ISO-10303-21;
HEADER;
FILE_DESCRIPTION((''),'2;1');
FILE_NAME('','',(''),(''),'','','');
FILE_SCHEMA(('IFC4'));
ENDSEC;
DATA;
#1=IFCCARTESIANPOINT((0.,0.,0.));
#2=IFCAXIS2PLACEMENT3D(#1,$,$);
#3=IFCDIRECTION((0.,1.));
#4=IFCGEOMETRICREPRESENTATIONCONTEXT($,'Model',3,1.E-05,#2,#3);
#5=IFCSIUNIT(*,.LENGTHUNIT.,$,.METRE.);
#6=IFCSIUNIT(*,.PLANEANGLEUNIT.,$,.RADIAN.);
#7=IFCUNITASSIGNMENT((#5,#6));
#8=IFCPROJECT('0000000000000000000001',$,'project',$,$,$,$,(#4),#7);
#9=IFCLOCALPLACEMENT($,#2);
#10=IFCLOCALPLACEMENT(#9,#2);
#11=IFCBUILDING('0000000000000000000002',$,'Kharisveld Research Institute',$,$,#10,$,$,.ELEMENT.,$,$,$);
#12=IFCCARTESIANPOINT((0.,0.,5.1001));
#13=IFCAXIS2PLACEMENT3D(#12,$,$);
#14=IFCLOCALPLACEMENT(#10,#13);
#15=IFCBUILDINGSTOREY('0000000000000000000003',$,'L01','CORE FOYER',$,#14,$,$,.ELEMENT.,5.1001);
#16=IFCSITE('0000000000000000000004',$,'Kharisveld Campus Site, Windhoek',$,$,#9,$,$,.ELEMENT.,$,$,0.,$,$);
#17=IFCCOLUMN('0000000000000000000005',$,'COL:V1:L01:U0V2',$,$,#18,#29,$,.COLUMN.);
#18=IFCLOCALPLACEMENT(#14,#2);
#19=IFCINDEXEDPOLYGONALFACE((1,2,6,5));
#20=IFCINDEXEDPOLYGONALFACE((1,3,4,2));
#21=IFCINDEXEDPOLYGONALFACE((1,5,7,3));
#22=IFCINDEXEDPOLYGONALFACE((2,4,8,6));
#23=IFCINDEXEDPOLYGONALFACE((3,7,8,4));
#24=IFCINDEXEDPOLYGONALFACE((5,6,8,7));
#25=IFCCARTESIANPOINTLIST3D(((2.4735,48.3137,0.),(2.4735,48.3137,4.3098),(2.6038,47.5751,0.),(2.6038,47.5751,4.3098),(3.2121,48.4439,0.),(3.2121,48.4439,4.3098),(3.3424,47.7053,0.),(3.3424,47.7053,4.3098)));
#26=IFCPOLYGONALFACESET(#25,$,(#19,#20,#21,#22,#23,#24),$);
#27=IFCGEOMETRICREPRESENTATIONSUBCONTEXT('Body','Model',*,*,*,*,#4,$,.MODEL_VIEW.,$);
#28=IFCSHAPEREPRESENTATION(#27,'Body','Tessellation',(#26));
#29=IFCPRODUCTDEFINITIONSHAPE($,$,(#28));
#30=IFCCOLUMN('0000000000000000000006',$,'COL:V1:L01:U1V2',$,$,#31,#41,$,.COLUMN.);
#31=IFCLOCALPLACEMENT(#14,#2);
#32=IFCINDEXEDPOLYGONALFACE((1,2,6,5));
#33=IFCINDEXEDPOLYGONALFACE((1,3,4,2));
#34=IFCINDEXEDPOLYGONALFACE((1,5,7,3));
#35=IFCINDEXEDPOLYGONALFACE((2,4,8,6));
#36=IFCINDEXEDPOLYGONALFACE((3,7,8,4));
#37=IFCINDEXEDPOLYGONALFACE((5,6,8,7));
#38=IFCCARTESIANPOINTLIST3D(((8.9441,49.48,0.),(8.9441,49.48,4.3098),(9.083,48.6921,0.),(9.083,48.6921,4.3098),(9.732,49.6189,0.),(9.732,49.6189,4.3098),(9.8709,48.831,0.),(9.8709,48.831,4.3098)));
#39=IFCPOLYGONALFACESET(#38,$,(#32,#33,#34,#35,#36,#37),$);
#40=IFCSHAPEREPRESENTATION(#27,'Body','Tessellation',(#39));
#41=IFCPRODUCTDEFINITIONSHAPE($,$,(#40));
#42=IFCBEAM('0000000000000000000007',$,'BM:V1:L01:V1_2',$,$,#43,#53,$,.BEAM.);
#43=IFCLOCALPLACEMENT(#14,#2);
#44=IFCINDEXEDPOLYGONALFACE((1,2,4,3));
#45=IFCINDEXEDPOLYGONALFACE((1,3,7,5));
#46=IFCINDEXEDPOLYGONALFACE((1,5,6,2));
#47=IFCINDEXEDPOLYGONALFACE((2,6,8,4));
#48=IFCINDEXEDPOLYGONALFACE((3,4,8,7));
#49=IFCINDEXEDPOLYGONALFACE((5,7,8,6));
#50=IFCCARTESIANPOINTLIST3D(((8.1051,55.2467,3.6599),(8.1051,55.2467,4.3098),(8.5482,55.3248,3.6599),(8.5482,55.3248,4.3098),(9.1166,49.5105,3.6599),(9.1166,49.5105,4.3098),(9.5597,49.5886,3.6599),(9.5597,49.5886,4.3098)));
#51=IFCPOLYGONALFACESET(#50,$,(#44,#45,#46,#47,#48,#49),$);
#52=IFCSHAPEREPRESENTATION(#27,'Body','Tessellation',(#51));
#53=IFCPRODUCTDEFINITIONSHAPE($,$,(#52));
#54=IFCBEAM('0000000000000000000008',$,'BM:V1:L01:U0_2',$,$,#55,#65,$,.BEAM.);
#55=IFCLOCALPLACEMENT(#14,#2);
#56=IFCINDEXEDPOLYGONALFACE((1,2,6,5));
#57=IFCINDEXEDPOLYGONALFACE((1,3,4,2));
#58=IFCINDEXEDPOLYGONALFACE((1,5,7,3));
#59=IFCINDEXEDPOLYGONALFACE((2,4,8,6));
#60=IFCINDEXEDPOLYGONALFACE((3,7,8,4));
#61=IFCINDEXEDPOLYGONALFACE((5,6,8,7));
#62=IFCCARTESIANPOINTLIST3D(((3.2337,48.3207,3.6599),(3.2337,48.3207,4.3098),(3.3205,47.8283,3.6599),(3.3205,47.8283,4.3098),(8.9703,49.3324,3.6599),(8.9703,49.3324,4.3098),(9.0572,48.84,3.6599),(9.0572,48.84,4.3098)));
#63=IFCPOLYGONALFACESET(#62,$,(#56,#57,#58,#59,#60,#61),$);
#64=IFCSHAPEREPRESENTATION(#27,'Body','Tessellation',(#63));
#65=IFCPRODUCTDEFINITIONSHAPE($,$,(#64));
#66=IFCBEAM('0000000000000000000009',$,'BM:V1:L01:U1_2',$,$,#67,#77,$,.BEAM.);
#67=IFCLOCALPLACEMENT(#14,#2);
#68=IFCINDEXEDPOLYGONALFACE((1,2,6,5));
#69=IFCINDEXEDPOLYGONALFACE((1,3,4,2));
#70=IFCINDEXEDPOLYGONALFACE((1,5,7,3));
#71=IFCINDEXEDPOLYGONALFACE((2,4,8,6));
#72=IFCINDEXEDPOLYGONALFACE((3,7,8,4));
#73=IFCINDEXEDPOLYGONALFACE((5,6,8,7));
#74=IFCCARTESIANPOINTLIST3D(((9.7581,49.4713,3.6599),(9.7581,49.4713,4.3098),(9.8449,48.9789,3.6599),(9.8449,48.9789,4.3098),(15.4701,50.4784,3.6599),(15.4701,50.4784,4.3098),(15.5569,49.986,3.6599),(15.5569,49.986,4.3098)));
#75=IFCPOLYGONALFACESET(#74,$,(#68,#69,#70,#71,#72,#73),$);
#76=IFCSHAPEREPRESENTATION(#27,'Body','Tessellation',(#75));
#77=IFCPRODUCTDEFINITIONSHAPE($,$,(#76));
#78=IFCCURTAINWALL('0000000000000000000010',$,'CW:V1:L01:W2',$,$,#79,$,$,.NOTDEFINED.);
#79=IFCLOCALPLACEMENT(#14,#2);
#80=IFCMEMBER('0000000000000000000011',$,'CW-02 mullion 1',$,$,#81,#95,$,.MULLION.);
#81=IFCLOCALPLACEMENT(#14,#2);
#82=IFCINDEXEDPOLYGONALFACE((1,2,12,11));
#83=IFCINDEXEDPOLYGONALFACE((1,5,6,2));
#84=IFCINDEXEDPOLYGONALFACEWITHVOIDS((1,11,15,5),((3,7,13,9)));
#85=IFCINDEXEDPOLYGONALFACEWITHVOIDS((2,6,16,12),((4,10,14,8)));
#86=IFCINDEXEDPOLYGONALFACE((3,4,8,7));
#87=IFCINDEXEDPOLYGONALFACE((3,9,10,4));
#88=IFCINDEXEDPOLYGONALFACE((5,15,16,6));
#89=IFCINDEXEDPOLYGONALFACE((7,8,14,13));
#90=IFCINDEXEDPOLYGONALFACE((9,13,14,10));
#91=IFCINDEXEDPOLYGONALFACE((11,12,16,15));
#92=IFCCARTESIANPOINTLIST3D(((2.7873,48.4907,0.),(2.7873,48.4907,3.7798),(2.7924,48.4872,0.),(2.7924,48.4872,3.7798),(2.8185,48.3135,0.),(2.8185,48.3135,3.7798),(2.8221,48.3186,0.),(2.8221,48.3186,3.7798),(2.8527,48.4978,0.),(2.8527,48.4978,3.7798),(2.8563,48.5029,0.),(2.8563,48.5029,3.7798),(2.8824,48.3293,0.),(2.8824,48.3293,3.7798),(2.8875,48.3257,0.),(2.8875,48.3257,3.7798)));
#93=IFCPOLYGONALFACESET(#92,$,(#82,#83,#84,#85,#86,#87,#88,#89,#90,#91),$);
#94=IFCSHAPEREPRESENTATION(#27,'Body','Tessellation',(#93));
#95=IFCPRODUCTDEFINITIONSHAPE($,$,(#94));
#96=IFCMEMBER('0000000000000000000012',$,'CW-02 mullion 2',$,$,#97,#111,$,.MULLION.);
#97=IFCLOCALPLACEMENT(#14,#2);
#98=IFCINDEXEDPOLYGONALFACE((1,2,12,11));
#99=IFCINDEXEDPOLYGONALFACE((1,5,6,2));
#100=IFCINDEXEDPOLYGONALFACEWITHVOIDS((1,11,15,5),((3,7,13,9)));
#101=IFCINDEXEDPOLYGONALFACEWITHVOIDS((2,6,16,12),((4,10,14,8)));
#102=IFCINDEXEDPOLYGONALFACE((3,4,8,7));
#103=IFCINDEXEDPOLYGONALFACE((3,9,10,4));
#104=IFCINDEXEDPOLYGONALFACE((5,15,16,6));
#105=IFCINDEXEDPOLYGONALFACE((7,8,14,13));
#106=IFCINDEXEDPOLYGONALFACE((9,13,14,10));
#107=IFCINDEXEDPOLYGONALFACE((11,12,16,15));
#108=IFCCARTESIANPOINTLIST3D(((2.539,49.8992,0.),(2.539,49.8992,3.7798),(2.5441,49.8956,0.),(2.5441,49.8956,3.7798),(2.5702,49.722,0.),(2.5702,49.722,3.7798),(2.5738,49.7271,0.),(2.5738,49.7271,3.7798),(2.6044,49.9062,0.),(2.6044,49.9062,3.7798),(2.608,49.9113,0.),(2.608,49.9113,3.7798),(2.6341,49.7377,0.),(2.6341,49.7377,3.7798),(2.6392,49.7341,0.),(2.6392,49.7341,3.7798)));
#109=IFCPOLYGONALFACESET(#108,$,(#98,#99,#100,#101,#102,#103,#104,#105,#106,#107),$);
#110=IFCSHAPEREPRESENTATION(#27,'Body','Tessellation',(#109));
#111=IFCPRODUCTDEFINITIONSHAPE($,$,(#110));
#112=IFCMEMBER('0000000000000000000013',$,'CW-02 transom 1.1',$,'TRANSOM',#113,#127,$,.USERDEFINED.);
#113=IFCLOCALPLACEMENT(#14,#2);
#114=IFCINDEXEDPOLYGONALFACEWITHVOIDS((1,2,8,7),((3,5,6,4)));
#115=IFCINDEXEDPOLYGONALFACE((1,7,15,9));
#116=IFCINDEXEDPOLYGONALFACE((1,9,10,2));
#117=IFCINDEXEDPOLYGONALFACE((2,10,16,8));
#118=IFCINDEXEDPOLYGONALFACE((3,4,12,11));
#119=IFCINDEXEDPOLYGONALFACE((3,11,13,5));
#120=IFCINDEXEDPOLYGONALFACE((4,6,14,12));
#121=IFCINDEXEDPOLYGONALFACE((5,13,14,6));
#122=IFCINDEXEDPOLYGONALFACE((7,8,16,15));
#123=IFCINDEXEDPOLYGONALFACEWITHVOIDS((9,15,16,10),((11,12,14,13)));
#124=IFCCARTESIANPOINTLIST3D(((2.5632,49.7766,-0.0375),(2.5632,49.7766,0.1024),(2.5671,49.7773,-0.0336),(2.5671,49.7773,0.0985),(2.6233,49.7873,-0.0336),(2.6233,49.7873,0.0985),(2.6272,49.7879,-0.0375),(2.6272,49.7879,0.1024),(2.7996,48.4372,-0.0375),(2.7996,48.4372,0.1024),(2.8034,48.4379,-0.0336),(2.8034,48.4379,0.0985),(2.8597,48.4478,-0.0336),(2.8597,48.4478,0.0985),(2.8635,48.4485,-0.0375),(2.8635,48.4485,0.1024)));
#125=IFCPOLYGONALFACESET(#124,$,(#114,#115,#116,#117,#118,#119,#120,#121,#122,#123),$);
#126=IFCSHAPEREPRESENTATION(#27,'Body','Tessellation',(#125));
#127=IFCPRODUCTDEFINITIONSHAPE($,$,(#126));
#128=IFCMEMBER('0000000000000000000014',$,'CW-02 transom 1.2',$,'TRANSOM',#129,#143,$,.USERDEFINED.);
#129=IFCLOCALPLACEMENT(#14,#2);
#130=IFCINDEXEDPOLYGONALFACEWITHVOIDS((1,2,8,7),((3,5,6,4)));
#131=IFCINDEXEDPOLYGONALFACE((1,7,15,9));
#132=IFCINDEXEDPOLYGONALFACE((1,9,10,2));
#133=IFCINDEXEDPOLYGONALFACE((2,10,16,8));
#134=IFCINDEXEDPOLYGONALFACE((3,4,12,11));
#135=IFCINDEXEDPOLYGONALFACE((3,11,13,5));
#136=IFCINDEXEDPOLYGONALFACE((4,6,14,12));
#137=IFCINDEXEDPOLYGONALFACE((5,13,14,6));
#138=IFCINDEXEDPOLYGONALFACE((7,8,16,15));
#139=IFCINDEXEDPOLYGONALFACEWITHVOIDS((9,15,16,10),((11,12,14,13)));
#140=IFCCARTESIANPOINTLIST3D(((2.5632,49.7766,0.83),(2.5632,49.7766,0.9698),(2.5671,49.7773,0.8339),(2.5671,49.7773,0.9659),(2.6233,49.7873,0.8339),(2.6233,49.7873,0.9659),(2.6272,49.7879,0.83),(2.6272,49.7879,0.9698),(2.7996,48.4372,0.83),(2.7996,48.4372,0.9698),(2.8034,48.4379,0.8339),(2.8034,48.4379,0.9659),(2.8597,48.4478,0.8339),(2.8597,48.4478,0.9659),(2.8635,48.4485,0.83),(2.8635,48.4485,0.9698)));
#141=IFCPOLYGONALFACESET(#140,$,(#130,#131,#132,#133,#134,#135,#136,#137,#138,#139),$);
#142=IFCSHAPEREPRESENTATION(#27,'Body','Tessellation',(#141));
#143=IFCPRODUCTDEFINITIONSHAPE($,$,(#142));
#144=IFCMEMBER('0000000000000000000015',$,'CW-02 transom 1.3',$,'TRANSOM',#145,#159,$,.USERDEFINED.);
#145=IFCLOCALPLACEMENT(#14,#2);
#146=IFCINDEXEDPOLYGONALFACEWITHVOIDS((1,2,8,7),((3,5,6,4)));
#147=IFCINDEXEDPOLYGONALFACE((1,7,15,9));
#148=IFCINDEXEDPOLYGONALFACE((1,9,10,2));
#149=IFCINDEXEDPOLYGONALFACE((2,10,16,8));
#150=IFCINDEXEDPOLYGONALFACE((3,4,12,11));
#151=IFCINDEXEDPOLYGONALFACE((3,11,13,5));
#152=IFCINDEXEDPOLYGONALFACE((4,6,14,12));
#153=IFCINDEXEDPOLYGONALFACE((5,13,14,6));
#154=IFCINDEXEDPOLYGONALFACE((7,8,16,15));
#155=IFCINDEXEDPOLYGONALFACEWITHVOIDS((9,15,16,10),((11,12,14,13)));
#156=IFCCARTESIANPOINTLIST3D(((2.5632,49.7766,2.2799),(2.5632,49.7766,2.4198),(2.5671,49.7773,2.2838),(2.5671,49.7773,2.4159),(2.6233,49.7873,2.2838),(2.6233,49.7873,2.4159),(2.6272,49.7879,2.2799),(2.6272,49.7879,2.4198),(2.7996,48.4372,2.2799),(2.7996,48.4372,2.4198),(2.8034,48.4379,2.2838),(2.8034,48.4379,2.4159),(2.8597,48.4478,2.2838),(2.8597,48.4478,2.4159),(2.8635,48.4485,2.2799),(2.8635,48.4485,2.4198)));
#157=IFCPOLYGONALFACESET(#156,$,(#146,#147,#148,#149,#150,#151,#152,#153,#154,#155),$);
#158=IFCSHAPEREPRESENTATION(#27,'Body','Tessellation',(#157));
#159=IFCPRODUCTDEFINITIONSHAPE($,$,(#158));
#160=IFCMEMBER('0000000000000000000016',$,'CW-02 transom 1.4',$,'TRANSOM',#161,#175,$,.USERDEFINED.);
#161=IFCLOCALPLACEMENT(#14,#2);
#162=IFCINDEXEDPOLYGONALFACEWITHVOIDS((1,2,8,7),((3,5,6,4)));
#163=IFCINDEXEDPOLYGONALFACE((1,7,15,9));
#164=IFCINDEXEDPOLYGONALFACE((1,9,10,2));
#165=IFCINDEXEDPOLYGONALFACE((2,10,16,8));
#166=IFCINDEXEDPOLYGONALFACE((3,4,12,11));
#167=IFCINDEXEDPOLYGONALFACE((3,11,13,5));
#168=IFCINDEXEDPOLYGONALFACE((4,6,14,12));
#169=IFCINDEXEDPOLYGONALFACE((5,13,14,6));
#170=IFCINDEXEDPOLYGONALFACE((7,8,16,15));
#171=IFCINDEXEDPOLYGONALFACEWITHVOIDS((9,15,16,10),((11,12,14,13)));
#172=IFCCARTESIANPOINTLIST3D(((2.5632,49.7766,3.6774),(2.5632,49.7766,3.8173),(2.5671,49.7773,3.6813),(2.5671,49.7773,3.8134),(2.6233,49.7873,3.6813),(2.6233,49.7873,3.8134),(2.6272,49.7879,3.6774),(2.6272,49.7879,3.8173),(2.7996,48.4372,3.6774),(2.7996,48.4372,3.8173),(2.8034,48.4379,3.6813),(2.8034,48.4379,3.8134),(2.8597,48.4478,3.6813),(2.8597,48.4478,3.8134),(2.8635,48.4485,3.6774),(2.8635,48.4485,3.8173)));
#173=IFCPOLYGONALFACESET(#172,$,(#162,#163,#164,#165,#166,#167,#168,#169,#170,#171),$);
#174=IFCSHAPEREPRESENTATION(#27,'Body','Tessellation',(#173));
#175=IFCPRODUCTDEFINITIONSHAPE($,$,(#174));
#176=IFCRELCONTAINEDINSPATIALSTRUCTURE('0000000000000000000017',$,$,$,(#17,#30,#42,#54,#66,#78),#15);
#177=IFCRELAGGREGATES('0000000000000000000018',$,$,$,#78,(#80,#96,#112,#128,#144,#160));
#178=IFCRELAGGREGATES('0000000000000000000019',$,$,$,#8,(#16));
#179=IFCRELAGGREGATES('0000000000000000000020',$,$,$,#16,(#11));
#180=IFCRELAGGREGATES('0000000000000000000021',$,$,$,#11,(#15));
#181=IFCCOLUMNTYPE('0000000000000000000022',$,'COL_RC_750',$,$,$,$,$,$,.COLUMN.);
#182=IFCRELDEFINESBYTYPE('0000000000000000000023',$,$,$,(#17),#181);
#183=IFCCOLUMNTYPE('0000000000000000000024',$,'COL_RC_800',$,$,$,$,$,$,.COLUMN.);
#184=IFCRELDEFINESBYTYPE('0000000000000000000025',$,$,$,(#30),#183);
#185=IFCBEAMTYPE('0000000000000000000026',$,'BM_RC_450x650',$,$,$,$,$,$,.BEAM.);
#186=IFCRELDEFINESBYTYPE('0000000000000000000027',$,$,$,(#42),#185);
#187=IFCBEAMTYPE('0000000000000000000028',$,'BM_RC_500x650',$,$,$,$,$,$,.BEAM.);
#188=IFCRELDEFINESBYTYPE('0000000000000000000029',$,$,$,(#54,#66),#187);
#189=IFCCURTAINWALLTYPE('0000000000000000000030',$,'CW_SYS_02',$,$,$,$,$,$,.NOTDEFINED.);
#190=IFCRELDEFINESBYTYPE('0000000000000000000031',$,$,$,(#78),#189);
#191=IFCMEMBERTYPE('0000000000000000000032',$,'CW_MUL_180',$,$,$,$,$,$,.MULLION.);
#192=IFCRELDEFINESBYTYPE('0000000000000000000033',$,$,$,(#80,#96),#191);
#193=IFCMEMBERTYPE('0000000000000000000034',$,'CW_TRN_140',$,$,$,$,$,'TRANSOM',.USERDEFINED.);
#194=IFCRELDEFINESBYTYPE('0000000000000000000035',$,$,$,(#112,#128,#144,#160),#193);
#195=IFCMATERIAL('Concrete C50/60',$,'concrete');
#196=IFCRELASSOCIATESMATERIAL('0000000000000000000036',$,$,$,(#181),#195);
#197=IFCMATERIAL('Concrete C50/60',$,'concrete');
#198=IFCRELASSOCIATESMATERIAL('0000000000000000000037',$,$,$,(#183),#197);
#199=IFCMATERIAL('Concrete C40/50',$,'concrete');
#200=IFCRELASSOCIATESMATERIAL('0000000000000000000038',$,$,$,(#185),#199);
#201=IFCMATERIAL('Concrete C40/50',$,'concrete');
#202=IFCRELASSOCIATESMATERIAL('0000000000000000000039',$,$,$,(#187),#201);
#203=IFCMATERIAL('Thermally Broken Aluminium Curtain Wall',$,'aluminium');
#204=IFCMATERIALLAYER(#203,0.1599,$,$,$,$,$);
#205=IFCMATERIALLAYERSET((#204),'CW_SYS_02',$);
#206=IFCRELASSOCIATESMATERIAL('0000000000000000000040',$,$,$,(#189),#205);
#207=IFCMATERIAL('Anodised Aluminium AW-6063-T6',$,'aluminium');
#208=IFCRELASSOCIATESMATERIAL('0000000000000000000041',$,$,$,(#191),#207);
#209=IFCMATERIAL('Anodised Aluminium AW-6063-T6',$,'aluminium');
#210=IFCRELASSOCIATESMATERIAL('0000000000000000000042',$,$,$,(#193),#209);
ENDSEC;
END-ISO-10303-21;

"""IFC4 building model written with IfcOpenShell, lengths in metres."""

from ifc_helpers import new_model, si_unit, direction, frame, origin, origin_2d, place, context, subcontext, project, spatial, rectangle, hollow_rectangle, extrude, material, layer, layer_set, material_profile, profile_set, type_object, element, aggregate, save


model = new_model("IFC4")

# Units and contexts
model_context = context("Model", 3, precision=1e-05, world=origin(), true_north=direction((0.0, 1.0)))
body_context = subcontext(model_context, "Body", "Model", "MODEL_VIEW")
ifc_project = project(units=[si_unit("LENGTHUNIT", "METRE"), si_unit("PLANEANGLEUNIT", "RADIAN")], contexts=[model_context])

# Site, building, storey
site_placement = place(None, origin())
site = spatial("IfcSite", under=ifc_project, at=site_placement, Name="Kharisveld Campus Site, Windhoek", CompositionType="ELEMENT", RefElevation=0.0)
building_placement = place(site_placement, origin())
building = spatial("IfcBuilding", under=site, at=building_placement, Name="Kharisveld Research Institute", CompositionType="ELEMENT")
storey_placement = place(building_placement, frame((0.0, 0.0, 5.1001)))
storey = spatial("IfcBuildingStorey", under=building, at=storey_placement, Name="L01", Description="CORE FOYER", CompositionType="ELEMENT", Elevation=5.1001)

# Columns
ifc_material_1 = material(Name="Concrete C50/60", Category="concrete")
ifc_material_profile_1 = material_profile(ifc_material_1, rectangle(XDim=0.75, YDim=0.75, at=origin_2d()))
ifc_profile_set_1 = profile_set([ifc_material_profile_1], Name="Concrete C50/60")
column_type_1 = type_object("IfcColumnType", Name="COL_RC_750", PredefinedType="COLUMN", material=ifc_profile_set_1)
column_1_placement = place(storey_placement, frame((2.908, 48.0095, 0.0), z_axis=(0.0, 0.0, 1.0), x_axis=(0.984808, 0.173648, 0.0)))
element("IfcColumn", 1, at=column_1_placement, inside=storey, type_object=column_type_1, Name="COL:V1:L01:U0V2", PredefinedType="COLUMN", context=body_context, shape_type="SweptSolid", body=[
    extrude(rectangle(XDim=0.75, YDim=0.75, at=origin_2d()), origin(), (0.0, 0.0, 1.0), 4.3098),
])
ifc_material_2 = material(Name="Concrete C50/60", Category="concrete")
ifc_material_profile_2 = material_profile(ifc_material_2, rectangle(XDim=0.8, YDim=0.8, at=origin_2d()))
ifc_profile_set_2 = profile_set([ifc_material_profile_2], Name="Concrete C50/60")
column_type_2 = type_object("IfcColumnType", Name="COL_RC_800", PredefinedType="COLUMN", material=ifc_profile_set_2)
column_2_placement = place(storey_placement, frame((9.4075, 49.1555, 0.0), z_axis=(0.0, 0.0, 1.0), x_axis=(0.984808, 0.173648, 0.0)))
element("IfcColumn", 2, at=column_2_placement, inside=storey, type_object=column_type_2, Name="COL:V1:L01:U1V2", PredefinedType="COLUMN", context=body_context, shape_type="SweptSolid", body=[
    extrude(rectangle(XDim=0.8, YDim=0.8, at=origin_2d()), origin(), (0.0, 0.0, 1.0), 4.3098),
])

# Beams
ifc_material_3 = material(Name="Concrete C40/50", Category="concrete")
ifc_material_profile_3 = material_profile(ifc_material_3, rectangle(XDim=0.45, YDim=0.6499, at=origin_2d()))
ifc_profile_set_3 = profile_set([ifc_material_profile_3], Name="Concrete C40/50")
beam_type_1 = type_object("IfcBeamType", Name="BM_RC_450x650", PredefinedType="BEAM", material=ifc_profile_set_3)
beam_1_placement = place(storey_placement, frame((9.3381, 49.5496, 3.9849), z_axis=(-0.173649, 0.984808, 0.0), x_axis=(-0.984808, -0.173649, 0.0)))
element("IfcBeam", 3, at=beam_1_placement, inside=storey, type_object=beam_type_1, Name="BM:V1:L01:V1_2", PredefinedType="BEAM", context=body_context, shape_type="SweptSolid", body=[
    extrude(rectangle(XDim=0.45, YDim=0.6499, at=origin_2d()), origin(), (0.0, 0.0, 1.0), 5.8247),
])
ifc_material_4 = material(Name="Concrete C40/50", Category="concrete")
ifc_material_profile_4 = material_profile(ifc_material_4, rectangle(XDim=0.5, YDim=0.6499, at=origin_2d()))
ifc_profile_set_4 = profile_set([ifc_material_profile_4], Name="Concrete C40/50")
beam_type_2 = type_object("IfcBeamType", Name="BM_RC_500x650", PredefinedType="BEAM", material=ifc_profile_set_4)
beam_2_placement = place(storey_placement, frame((3.2771, 48.0745, 3.9849), z_axis=(0.984802, 0.173683, 0.0), x_axis=(-0.173683, 0.984802, 0.0)))
element("IfcBeam", 4, at=beam_2_placement, inside=storey, type_object=beam_type_2, Name="BM:V1:L01:U0_2", PredefinedType="BEAM", context=body_context, shape_type="SweptSolid", body=[
    extrude(rectangle(XDim=0.5, YDim=0.6499, at=origin_2d()), origin(), (0.0, 0.0, 1.0), 5.8252),
])
beam_3_placement = place(storey_placement, frame((9.8015, 49.2251, 3.9849), z_axis=(0.98481, 0.173634, 0.0), x_axis=(-0.173634, 0.98481, 0.0)))
element("IfcBeam", 5, at=beam_3_placement, inside=storey, type_object=beam_type_2, Name="BM:V1:L01:U1_2", PredefinedType="BEAM", context=body_context, shape_type="SweptSolid", body=[
    extrude(rectangle(XDim=0.5, YDim=0.6499, at=origin_2d()), origin(), (0.0, 0.0, 1.0), 5.8),
])

# Curtain wall, members
ifc_material_5 = material(Name="Thermally Broken Aluminium Curtain Wall", Category="aluminium")
ifc_layer_1 = layer(ifc_material_5, 0.1599)
ifc_layer_set_1 = layer_set([ifc_layer_1], Name="CW_SYS_02")
curtain_wall_type = type_object("IfcCurtainWallType", Name="CW_SYS_02", PredefinedType="NOTDEFINED", material=ifc_layer_set_1)
curtain_wall_placement = place(storey_placement, origin())
curtain_wall = element("IfcCurtainWall", 6, at=curtain_wall_placement, inside=storey, type_object=curtain_wall_type, Name="CW:V1:L01:W2", PredefinedType="NOTDEFINED")
ifc_material_6 = material(Name="Anodised Aluminium AW-6063-T6", Category="aluminium")
ifc_material_profile_5 = material_profile(ifc_material_6, hollow_rectangle(XDim=0.0701, YDim=0.1799, WallThickness=0.0044, at=origin_2d()))
ifc_profile_set_5 = profile_set([ifc_material_profile_5], Name="Anodised Aluminium AW-6063-T6")
member_type_1 = type_object("IfcMemberType", Name="CW_MUL_180", PredefinedType="MULLION", material=ifc_profile_set_5)
member_1_placement = place(storey_placement, frame((2.8374, 48.4082, 0.0), z_axis=(0.0, 0.0, 1.0), x_axis=(-0.984808, -0.173648, 0.0)))
member_1 = element("IfcMember", 7, at=member_1_placement, type_object=member_type_1, Name="CW-02 mullion 1", PredefinedType="MULLION", context=body_context, shape_type="SweptSolid", body=[
    extrude(hollow_rectangle(XDim=0.0701, YDim=0.1799, WallThickness=0.0044, at=origin_2d()), origin(), (0.0, 0.0, 1.0), 3.7798),
])
member_2_placement = place(storey_placement, frame((2.5891, 49.8167, 0.0), z_axis=(0.0, 0.0, 1.0), x_axis=(-0.984808, -0.173648, 0.0)))
member_2 = element("IfcMember", 8, at=member_2_placement, type_object=member_type_1, Name="CW-02 mullion 2", PredefinedType="MULLION", context=body_context, shape_type="SweptSolid", body=[
    extrude(hollow_rectangle(XDim=0.0701, YDim=0.1799, WallThickness=0.0044, at=origin_2d()), origin(), (0.0, 0.0, 1.0), 3.7798),
])
ifc_material_7 = material(Name="Anodised Aluminium AW-6063-T6", Category="aluminium")
ifc_material_profile_6 = material_profile(ifc_material_7, hollow_rectangle(XDim=0.0649, YDim=0.1399, WallThickness=0.0039, at=origin_2d()))
ifc_profile_set_6 = profile_set([ifc_material_profile_6], Name="Anodised Aluminium AW-6063-T6")
member_type_2 = type_object("IfcMemberType", Name="CW_TRN_140", ElementType="TRANSOM", PredefinedType="USERDEFINED", material=ifc_profile_set_6)
member_3_placement = place(storey_placement, frame((2.8315, 48.4429, 0.0325), z_axis=(-0.173765, 0.984787, 0.0), x_axis=(-0.984787, -0.173765, 0.0)))
member_3 = element("IfcMember", 9, at=member_3_placement, type_object=member_type_2, Name="CW-02 transom 1.1", ObjectType="TRANSOM", PredefinedType="USERDEFINED", context=body_context, shape_type="SweptSolid", body=[
    extrude(hollow_rectangle(XDim=0.0649, YDim=0.1399, WallThickness=0.0039, at=origin_2d()), origin(), (0.0, 0.0, 1.0), 1.3601),
])
member_4_placement = place(storey_placement, frame((2.8315, 48.4429, 0.8999), z_axis=(-0.173765, 0.984787, 0.0), x_axis=(-0.984787, -0.173765, 0.0)))
member_4 = element("IfcMember", 10, at=member_4_placement, type_object=member_type_2, Name="CW-02 transom 1.2", ObjectType="TRANSOM", PredefinedType="USERDEFINED", context=body_context, shape_type="SweptSolid", body=[
    extrude(hollow_rectangle(XDim=0.0649, YDim=0.1399, WallThickness=0.0039, at=origin_2d()), origin(), (0.0, 0.0, 1.0), 1.3601),
])
member_5_placement = place(storey_placement, frame((2.8315, 48.4429, 2.3499), z_axis=(-0.173765, 0.984787, 0.0), x_axis=(-0.984787, -0.173765, 0.0)))
member_5 = element("IfcMember", 11, at=member_5_placement, type_object=member_type_2, Name="CW-02 transom 1.3", ObjectType="TRANSOM", PredefinedType="USERDEFINED", context=body_context, shape_type="SweptSolid", body=[
    extrude(hollow_rectangle(XDim=0.0649, YDim=0.1399, WallThickness=0.0039, at=origin_2d()), origin(), (0.0, 0.0, 1.0), 1.3601),
])
member_6_placement = place(storey_placement, frame((2.8315, 48.4429, 3.7473), z_axis=(-0.173765, 0.984787, 0.0), x_axis=(-0.984787, -0.173765, 0.0)))
member_6 = element("IfcMember", 12, at=member_6_placement, type_object=member_type_2, Name="CW-02 transom 1.4", ObjectType="TRANSOM", PredefinedType="USERDEFINED", context=body_context, shape_type="SweptSolid", body=[
    extrude(hollow_rectangle(XDim=0.0649, YDim=0.1399, WallThickness=0.0039, at=origin_2d()), origin(), (0.0, 0.0, 1.0), 1.3601),
])

aggregate(curtain_wall, [member_1, member_2, member_3, member_4, member_5, member_6])

save(model, "model.ifc")
